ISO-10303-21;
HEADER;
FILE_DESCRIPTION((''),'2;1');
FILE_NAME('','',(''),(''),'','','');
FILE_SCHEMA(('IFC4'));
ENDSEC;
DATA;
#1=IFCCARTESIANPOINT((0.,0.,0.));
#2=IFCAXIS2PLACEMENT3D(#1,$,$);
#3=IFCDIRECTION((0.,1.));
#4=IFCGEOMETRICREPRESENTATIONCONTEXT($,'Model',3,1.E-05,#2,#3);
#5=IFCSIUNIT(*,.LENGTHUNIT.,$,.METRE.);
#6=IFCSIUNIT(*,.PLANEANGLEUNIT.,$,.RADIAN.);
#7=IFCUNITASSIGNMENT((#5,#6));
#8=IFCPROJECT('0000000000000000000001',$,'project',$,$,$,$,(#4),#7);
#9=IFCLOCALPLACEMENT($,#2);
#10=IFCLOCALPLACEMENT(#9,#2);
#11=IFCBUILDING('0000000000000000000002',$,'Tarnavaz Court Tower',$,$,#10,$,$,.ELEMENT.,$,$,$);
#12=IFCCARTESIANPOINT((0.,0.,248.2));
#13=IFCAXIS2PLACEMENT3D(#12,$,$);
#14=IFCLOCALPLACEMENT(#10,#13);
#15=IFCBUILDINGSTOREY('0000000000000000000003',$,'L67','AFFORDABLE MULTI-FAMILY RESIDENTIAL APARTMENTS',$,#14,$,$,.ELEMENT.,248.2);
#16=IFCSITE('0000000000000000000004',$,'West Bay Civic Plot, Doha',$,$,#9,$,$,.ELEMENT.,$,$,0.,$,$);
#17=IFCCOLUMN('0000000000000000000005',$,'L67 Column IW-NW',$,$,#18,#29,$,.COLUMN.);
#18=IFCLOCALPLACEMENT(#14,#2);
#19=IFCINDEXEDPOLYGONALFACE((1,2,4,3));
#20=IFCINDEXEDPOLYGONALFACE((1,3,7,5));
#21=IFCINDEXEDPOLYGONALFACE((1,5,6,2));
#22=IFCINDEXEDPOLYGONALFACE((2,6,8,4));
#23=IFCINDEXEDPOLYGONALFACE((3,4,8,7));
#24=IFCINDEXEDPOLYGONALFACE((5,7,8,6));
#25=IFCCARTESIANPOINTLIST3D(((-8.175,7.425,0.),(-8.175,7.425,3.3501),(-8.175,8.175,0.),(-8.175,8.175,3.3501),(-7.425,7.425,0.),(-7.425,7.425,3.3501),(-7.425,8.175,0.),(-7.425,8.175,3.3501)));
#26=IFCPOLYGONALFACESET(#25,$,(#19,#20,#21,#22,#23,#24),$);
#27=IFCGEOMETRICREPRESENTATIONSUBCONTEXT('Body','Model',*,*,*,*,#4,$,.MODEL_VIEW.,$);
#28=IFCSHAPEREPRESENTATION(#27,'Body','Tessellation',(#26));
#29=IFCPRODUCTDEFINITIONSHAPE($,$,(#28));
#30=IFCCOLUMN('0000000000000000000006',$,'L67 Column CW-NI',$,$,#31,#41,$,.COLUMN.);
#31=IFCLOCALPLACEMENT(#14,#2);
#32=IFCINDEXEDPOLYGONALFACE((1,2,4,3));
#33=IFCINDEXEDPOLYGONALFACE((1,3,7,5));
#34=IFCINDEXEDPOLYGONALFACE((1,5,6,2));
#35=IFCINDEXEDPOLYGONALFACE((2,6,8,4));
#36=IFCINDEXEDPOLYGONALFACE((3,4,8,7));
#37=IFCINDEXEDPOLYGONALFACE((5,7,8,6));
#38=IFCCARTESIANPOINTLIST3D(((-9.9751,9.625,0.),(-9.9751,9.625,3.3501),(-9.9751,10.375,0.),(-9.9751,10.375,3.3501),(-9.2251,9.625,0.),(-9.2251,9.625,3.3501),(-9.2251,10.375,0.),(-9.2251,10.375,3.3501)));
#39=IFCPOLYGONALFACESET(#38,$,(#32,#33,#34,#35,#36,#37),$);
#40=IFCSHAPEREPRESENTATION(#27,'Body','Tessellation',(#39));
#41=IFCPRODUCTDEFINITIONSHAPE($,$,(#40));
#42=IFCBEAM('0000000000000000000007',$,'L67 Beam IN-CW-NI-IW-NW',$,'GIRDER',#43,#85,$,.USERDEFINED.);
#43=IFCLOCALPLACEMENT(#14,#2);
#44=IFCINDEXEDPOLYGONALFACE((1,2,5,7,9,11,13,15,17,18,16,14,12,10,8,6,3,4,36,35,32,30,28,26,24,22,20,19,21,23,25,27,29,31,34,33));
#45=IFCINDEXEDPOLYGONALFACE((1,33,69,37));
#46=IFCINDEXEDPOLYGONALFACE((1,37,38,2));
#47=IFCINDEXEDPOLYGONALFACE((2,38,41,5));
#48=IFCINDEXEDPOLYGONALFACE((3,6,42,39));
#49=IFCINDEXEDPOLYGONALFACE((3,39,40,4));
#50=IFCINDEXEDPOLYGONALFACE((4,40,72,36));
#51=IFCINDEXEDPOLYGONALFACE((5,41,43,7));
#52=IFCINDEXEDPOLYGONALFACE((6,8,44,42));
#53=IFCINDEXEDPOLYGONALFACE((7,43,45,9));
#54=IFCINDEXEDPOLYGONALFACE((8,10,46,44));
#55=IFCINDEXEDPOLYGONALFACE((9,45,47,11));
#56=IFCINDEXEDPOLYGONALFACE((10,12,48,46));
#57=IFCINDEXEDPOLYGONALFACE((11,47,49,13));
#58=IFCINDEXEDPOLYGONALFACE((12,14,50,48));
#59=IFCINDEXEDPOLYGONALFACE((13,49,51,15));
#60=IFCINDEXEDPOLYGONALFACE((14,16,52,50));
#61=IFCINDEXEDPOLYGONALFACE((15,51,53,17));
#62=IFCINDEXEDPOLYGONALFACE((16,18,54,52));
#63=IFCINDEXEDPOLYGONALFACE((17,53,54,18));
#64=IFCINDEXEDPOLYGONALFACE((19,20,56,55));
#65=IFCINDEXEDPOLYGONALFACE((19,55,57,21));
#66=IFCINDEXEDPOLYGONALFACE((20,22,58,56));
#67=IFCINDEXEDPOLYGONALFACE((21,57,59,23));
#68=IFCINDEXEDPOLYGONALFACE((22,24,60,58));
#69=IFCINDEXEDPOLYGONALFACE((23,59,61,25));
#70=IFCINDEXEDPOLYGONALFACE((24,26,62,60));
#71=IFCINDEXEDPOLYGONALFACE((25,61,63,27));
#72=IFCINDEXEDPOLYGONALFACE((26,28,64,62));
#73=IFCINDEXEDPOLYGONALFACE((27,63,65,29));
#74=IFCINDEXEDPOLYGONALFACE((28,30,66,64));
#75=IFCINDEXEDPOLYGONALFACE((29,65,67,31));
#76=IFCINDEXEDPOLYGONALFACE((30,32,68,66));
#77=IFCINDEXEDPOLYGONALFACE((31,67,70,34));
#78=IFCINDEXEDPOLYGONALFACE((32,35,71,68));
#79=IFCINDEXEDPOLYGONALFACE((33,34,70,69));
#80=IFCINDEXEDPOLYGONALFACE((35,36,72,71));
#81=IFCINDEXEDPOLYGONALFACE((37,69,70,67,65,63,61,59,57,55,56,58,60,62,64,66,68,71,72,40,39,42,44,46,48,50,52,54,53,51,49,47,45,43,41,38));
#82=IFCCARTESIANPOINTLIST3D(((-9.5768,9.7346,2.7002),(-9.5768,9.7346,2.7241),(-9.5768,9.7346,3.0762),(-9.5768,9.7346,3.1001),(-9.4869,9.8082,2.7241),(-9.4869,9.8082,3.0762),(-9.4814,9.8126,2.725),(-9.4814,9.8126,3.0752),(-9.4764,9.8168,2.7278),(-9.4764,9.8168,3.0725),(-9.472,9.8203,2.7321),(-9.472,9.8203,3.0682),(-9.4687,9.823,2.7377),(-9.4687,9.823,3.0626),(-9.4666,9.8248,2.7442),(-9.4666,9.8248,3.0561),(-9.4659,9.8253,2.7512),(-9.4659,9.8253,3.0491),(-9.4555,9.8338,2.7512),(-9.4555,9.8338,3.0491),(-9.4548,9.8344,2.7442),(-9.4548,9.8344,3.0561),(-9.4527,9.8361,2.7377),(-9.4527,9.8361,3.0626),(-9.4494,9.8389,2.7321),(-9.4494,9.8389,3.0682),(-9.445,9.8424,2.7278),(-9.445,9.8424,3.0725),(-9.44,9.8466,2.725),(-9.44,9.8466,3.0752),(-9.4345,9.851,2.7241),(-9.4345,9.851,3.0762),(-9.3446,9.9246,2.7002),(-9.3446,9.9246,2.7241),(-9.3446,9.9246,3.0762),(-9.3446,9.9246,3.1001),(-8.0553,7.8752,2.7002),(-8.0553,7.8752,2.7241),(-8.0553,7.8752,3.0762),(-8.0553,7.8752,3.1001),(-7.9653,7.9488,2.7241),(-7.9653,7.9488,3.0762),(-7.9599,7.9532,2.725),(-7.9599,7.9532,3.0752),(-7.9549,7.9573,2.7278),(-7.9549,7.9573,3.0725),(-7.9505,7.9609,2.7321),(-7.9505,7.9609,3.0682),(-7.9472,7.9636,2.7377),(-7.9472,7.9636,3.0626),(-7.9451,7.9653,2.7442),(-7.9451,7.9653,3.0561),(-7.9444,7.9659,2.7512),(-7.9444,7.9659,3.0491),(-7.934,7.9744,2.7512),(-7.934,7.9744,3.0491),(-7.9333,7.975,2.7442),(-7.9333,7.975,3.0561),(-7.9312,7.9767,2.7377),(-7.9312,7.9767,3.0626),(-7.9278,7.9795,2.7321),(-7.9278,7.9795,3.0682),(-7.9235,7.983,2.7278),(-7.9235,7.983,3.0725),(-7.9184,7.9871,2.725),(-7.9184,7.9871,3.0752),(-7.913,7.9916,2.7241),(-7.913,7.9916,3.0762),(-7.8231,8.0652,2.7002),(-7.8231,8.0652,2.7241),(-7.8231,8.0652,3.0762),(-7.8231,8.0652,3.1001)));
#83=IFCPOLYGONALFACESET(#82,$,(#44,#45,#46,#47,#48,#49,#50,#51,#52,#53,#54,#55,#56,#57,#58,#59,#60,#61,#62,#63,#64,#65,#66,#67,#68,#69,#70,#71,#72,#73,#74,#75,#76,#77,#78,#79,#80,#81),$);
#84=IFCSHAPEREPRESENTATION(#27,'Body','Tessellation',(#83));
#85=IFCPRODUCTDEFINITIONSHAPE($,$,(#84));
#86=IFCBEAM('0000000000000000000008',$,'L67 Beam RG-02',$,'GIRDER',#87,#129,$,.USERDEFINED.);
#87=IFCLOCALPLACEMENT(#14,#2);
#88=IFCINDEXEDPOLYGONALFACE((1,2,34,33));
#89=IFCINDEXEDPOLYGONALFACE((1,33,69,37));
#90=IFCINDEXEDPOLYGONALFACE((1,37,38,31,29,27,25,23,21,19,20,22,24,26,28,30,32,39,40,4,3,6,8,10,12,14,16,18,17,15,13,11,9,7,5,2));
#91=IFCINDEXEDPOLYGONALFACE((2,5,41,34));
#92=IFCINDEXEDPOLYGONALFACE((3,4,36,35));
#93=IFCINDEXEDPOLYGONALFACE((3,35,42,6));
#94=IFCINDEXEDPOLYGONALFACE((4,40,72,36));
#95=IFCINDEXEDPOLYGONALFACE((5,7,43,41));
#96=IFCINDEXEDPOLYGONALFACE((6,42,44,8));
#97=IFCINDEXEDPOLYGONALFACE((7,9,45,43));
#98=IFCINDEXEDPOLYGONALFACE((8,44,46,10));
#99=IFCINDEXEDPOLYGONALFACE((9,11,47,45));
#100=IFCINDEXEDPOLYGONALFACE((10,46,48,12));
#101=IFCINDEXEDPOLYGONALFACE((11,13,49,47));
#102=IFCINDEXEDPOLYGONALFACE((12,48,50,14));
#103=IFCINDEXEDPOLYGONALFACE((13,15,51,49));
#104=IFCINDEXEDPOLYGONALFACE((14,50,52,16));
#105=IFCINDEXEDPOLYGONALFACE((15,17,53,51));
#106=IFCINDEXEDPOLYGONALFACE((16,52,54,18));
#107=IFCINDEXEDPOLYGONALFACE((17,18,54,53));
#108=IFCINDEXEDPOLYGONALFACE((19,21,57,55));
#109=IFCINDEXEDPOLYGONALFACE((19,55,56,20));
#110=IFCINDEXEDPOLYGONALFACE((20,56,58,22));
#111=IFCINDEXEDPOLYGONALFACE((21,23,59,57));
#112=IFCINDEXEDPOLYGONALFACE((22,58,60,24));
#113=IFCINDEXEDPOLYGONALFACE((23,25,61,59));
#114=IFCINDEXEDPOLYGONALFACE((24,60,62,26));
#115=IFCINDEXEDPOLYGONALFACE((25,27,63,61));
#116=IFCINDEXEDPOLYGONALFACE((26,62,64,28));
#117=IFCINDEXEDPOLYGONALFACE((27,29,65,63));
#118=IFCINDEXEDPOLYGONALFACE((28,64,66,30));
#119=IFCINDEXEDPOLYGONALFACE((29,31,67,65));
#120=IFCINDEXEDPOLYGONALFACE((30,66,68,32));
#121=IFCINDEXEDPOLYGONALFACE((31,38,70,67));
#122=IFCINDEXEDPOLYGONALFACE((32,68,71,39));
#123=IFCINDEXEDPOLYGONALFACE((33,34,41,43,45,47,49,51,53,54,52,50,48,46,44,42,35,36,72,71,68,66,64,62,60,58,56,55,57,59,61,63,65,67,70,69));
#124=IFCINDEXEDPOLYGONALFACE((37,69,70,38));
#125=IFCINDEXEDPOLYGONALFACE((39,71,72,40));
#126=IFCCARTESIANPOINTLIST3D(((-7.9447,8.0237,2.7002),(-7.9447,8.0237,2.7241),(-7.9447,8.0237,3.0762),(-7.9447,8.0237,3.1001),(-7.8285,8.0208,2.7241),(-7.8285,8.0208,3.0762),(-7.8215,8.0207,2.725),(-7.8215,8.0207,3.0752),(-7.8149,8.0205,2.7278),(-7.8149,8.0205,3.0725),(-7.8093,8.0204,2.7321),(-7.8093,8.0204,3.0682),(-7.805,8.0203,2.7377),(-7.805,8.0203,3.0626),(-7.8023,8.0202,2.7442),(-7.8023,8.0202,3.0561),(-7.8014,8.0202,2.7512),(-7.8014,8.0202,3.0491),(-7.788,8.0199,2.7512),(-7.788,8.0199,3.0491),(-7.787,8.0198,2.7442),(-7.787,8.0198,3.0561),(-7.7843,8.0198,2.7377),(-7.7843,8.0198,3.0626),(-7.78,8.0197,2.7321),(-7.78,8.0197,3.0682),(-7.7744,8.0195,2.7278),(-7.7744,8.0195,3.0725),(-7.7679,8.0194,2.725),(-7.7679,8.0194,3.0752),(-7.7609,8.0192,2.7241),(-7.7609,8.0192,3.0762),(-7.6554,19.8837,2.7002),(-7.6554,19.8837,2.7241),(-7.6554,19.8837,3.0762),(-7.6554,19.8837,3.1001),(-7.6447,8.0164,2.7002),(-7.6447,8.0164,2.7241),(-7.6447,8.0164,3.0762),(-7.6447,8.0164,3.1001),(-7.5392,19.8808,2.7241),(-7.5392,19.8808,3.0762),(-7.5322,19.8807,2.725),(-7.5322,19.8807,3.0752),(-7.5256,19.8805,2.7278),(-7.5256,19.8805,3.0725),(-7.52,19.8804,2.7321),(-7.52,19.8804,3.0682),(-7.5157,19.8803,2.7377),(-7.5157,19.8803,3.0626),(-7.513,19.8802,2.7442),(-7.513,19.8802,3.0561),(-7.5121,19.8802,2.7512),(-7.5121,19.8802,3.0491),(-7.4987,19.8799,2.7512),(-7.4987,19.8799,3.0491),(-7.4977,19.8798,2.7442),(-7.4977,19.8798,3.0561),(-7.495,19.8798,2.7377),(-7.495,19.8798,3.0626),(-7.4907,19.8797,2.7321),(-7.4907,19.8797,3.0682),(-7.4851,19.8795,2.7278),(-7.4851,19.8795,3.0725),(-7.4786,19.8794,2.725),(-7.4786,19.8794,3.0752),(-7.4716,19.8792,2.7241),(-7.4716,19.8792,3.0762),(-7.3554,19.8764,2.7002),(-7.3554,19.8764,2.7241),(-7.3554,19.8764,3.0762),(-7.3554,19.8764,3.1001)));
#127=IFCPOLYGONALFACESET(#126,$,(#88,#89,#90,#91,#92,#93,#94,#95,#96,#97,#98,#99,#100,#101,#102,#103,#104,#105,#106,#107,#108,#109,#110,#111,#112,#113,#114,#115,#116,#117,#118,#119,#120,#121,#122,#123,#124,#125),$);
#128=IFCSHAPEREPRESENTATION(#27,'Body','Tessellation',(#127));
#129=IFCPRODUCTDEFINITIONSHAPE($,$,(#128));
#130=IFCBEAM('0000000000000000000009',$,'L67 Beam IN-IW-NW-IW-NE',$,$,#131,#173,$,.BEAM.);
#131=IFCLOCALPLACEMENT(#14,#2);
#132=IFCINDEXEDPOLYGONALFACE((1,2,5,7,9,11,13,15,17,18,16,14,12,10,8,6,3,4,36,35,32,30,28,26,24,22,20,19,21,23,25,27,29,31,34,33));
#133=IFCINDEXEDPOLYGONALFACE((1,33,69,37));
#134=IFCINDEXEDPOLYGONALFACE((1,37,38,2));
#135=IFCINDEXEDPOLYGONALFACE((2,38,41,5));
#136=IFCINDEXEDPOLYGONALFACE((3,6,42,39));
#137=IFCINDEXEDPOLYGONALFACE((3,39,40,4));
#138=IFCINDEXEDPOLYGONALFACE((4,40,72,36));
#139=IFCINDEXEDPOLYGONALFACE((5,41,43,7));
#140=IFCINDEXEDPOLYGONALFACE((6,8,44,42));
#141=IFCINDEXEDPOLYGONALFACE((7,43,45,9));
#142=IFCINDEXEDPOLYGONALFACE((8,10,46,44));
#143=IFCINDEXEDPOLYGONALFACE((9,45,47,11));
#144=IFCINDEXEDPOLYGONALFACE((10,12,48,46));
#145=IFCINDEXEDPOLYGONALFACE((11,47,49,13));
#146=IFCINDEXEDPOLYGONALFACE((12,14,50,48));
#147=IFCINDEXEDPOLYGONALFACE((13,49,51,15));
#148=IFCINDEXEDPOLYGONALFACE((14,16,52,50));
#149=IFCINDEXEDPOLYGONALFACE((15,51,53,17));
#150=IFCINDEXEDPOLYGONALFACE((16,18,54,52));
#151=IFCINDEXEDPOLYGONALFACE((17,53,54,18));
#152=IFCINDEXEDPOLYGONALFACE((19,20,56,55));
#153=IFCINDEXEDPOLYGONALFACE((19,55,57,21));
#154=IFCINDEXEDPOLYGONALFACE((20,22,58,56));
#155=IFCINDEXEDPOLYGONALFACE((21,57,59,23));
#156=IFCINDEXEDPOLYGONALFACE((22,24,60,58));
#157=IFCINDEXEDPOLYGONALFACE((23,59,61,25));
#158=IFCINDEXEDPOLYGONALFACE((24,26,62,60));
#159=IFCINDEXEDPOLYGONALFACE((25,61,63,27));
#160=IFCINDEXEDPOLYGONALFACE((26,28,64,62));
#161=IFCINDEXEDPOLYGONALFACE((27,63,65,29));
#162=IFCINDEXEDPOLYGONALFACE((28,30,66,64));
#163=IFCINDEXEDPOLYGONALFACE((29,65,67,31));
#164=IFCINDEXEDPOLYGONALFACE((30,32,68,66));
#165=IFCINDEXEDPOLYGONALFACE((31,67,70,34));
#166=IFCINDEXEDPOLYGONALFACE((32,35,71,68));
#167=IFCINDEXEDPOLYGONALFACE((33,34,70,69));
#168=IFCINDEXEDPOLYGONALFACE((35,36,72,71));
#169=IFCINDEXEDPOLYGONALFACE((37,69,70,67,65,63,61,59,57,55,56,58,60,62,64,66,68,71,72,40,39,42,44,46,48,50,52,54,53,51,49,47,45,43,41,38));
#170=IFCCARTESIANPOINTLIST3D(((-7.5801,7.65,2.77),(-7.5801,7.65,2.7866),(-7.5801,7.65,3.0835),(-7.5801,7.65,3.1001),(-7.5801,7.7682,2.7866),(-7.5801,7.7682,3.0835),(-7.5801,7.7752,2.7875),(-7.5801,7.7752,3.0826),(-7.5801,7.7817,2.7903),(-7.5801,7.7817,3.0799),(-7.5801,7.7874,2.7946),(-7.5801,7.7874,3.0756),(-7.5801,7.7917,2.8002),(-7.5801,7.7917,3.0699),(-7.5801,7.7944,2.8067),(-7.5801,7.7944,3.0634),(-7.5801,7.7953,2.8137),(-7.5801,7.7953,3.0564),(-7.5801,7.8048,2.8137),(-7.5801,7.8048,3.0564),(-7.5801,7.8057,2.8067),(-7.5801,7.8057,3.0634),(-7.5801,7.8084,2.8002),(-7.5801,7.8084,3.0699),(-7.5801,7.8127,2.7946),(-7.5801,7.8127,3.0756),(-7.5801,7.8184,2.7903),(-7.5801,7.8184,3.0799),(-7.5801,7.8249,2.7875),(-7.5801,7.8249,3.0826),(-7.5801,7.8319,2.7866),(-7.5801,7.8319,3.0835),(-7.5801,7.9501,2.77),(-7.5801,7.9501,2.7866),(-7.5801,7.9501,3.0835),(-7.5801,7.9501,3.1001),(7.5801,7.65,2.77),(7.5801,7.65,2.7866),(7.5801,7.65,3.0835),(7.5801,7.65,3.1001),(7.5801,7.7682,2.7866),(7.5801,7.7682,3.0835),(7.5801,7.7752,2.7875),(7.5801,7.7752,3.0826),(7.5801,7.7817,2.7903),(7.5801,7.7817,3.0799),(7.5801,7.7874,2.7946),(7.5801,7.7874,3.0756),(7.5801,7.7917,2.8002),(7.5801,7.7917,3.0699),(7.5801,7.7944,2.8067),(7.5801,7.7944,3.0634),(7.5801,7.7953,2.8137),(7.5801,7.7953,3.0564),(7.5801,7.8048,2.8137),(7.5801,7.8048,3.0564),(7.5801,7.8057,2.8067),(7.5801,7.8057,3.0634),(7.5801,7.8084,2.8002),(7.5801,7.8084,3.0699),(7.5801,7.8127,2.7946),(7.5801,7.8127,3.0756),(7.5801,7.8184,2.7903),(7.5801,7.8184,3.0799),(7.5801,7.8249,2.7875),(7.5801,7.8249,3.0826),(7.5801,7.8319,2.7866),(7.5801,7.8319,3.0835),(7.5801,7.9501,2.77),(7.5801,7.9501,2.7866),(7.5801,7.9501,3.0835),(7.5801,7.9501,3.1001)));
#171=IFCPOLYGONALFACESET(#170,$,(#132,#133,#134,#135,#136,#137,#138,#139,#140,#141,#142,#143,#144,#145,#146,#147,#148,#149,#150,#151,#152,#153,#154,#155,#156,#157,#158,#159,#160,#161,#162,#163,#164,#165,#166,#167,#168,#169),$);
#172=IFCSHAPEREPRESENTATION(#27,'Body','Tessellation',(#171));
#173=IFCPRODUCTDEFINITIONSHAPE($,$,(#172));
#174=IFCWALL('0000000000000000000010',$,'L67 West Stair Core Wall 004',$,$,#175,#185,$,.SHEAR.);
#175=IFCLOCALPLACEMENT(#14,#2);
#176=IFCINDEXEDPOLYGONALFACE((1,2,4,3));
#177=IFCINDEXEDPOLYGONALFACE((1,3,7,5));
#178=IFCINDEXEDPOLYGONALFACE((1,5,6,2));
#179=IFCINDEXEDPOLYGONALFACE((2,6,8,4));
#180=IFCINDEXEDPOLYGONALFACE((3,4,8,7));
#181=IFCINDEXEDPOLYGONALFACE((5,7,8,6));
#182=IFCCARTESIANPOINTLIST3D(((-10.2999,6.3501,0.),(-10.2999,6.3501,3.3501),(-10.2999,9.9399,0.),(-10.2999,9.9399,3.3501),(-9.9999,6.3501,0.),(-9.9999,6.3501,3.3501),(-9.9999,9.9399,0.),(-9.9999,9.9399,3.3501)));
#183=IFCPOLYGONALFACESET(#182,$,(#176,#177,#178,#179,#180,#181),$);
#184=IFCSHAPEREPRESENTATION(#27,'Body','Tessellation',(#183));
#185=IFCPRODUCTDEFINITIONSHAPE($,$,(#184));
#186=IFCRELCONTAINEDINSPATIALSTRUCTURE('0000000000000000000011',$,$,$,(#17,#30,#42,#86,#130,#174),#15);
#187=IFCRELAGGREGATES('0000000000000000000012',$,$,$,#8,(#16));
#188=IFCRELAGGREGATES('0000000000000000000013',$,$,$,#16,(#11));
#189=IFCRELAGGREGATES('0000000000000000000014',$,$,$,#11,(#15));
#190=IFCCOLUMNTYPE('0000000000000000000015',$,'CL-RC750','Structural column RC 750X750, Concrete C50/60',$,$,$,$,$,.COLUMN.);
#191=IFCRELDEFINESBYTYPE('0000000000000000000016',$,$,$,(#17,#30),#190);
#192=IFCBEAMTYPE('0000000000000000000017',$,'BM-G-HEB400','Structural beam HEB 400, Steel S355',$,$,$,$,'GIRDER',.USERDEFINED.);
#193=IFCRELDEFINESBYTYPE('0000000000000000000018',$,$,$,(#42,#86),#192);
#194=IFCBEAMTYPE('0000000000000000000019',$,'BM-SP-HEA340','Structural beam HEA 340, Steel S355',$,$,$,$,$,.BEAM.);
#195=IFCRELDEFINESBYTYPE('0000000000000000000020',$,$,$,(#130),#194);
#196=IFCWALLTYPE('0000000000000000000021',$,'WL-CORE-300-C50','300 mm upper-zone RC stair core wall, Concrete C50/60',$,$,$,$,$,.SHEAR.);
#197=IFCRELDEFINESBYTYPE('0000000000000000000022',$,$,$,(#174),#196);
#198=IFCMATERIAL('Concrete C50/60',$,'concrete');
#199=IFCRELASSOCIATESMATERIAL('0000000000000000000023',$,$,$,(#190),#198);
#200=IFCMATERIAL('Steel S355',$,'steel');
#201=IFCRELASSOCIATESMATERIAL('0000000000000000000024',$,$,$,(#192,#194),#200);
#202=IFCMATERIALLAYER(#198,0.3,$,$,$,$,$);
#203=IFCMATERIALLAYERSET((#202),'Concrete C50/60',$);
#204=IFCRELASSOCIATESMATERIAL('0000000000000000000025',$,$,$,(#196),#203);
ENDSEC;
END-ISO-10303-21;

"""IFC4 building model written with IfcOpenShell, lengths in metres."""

from ifc_helpers import new_model, si_unit, direction, frame, frame_2d, origin, origin_2d, place, context, subcontext, project, spatial, rectangle, i_section, extrude, material, layer, layer_set, material_profile, profile_set, type_object, element, save


model = new_model("IFC4")

# Units and contexts
model_context = context("Model", 3, precision=1e-05, world=origin(), true_north=direction((0.0, 1.0)))
body_context = subcontext(model_context, "Body", "Model", "MODEL_VIEW")
ifc_project = project(units=[si_unit("LENGTHUNIT", "METRE"), si_unit("PLANEANGLEUNIT", "RADIAN")], contexts=[model_context])

# Site, building, storey
site_placement = place(None, origin())
site = spatial("IfcSite", under=ifc_project, at=site_placement, Name="West Bay Civic Plot, Doha", CompositionType="ELEMENT", RefElevation=0.0)
building_placement = place(site_placement, origin())
building = spatial("IfcBuilding", under=site, at=building_placement, Name="Tarnavaz Court Tower", CompositionType="ELEMENT")
storey_placement = place(building_placement, frame((0.0, 0.0, 248.2)))
storey = spatial("IfcBuildingStorey", under=building, at=storey_placement, Name="L67", Description="AFFORDABLE MULTI-FAMILY RESIDENTIAL APARTMENTS", CompositionType="ELEMENT", Elevation=248.2)

# Columns
ifc_material_1 = material(Name="Concrete C50/60", Category="concrete")
ifc_material_profile_1 = material_profile(ifc_material_1, rectangle(XDim=0.75, YDim=0.75, at=origin_2d()), Name="RC 750X750")
ifc_profile_set_1 = profile_set([ifc_material_profile_1], Name="Concrete C50/60")
column_type = type_object("IfcColumnType", Name="CL-RC750", Description="Structural column RC 750X750, Concrete C50/60", PredefinedType="COLUMN", material=ifc_profile_set_1)
for number, where, z_axis, x_axis, name in (
    (1, (-7.8, 7.8, 0.0), (0.0, 0.0, 1.0), (1.0, 0.0, 0.0), "L67 Column IW-NW"),
    (2, (-9.6001, 10.0, 0.0), (0.0, 0.0, 1.0), (1.0, 0.0, 0.0), "L67 Column CW-NI"),
):
    element("IfcColumn", number, at=place(storey_placement, frame(where, z_axis=z_axis, x_axis=x_axis)), inside=storey, type_object=column_type, Name=name, PredefinedType="COLUMN", context=body_context, shape_type="SweptSolid", body=[
        extrude(rectangle(XDim=0.75, YDim=0.75, at=origin_2d()), origin(), (0.0, 0.0, 1.0), 3.3501),
    ])

# Beams
ifc_material_2 = material(Name="Steel S355", Category="steel")
ifc_material_profile_2 = material_profile(ifc_material_2, i_section(OverallWidth=0.3, OverallDepth=0.3999, WebThickness=0.0134, FlangeThickness=0.0239, FilletRadius=0.0271, at=origin_2d()), Name="HEB 400")
ifc_profile_set_2 = profile_set([ifc_material_profile_2], Name="Steel S355")
beam_type_1 = type_object("IfcBeamType", Name="BM-G-HEB400", Description="Structural beam HEB 400, Steel S355", ElementType="GIRDER", PredefinedType="USERDEFINED", material=ifc_profile_set_2)
beam_1_placement = place(storey_placement, frame((-9.4607, 9.8296, 2.9001), z_axis=(0.633282, -0.773921, 0.0), x_axis=(0.773921, 0.633282, 0.0)))
element("IfcBeam", 3, at=beam_1_placement, inside=storey, type_object=beam_type_1, Name="L67 Beam IN-CW-NI-IW-NW", ObjectType="GIRDER", PredefinedType="USERDEFINED", context=body_context, shape_type="SweptSolid", body=[
    extrude(i_section(OverallWidth=0.3, OverallDepth=0.3999, WebThickness=0.0134, FlangeThickness=0.0239, FilletRadius=0.0271, at=origin_2d()), origin(), (0.0, 0.0, 1.0), 2.4026),
])
beam_2_placement = place(storey_placement, frame((-7.7947, 8.02, 2.9001), z_axis=(0.024386, 0.999703, 0.0), x_axis=(-0.999703, 0.024386, 0.0)))
element("IfcBeam", 4, at=beam_2_placement, inside=storey, type_object=beam_type_1, Name="L67 Beam RG-02", ObjectType="GIRDER", PredefinedType="USERDEFINED", context=body_context, shape_type="SweptSolid", body=[
    extrude(i_section(OverallWidth=0.3, OverallDepth=0.3999, WebThickness=0.0134, FlangeThickness=0.0239, FilletRadius=0.0271, at=origin_2d()), origin(), (0.0, 0.0, 1.0), 11.8635),
])
ifc_material_profile_3 = material_profile(ifc_material_2, i_section(OverallWidth=0.3, OverallDepth=0.3301, WebThickness=0.0095, FlangeThickness=0.0166, FilletRadius=0.0271, at=origin_2d()), Name="HEA 340")
ifc_profile_set_3 = profile_set([ifc_material_profile_3], Name="Steel S355")
beam_type_2 = type_object("IfcBeamType", Name="BM-SP-HEA340", Description="Structural beam HEA 340, Steel S355", PredefinedType="BEAM", material=ifc_profile_set_3)
beam_3_placement = place(storey_placement, frame((-7.5801, 7.8, 2.9351), z_axis=(1.0, 0.0, 0.0), x_axis=(0.0, 1.0, 0.0)))
element("IfcBeam", 5, at=beam_3_placement, inside=storey, type_object=beam_type_2, Name="L67 Beam IN-IW-NW-IW-NE", PredefinedType="BEAM", context=body_context, shape_type="SweptSolid", body=[
    extrude(i_section(OverallWidth=0.3, OverallDepth=0.3301, WebThickness=0.0095, FlangeThickness=0.0166, FilletRadius=0.0271, at=origin_2d()), origin(), (0.0, 0.0, 1.0), 15.1602),
])

# Wall
ifc_layer_1 = layer(ifc_material_1, 0.3)
ifc_layer_set_1 = layer_set([ifc_layer_1], Name="Concrete C50/60")
wall_type_1 = type_object("IfcWallType", Name="WL-CORE-300-C50", Description="300 mm upper-zone RC stair core wall, Concrete C50/60", PredefinedType="SHEAR", material=ifc_layer_set_1)
wall_1_placement = place(storey_placement, frame((-10.1499, 6.3501, 0.0), z_axis=(0.0, 0.0, 1.0), x_axis=(0.0, 1.0, 0.0)))
element("IfcWall", 6, at=wall_1_placement, inside=storey, type_object=wall_type_1, Name="L67 West Stair Core Wall 004", PredefinedType="SHEAR", context=body_context, shape_type="SweptSolid", body=[
    extrude(rectangle(XDim=3.5898, YDim=0.3, at=frame_2d((1.7949, 0.0))), origin(), (0.0, 0.0, 1.0), 3.3501),
])

save(model, "model.ifc")
